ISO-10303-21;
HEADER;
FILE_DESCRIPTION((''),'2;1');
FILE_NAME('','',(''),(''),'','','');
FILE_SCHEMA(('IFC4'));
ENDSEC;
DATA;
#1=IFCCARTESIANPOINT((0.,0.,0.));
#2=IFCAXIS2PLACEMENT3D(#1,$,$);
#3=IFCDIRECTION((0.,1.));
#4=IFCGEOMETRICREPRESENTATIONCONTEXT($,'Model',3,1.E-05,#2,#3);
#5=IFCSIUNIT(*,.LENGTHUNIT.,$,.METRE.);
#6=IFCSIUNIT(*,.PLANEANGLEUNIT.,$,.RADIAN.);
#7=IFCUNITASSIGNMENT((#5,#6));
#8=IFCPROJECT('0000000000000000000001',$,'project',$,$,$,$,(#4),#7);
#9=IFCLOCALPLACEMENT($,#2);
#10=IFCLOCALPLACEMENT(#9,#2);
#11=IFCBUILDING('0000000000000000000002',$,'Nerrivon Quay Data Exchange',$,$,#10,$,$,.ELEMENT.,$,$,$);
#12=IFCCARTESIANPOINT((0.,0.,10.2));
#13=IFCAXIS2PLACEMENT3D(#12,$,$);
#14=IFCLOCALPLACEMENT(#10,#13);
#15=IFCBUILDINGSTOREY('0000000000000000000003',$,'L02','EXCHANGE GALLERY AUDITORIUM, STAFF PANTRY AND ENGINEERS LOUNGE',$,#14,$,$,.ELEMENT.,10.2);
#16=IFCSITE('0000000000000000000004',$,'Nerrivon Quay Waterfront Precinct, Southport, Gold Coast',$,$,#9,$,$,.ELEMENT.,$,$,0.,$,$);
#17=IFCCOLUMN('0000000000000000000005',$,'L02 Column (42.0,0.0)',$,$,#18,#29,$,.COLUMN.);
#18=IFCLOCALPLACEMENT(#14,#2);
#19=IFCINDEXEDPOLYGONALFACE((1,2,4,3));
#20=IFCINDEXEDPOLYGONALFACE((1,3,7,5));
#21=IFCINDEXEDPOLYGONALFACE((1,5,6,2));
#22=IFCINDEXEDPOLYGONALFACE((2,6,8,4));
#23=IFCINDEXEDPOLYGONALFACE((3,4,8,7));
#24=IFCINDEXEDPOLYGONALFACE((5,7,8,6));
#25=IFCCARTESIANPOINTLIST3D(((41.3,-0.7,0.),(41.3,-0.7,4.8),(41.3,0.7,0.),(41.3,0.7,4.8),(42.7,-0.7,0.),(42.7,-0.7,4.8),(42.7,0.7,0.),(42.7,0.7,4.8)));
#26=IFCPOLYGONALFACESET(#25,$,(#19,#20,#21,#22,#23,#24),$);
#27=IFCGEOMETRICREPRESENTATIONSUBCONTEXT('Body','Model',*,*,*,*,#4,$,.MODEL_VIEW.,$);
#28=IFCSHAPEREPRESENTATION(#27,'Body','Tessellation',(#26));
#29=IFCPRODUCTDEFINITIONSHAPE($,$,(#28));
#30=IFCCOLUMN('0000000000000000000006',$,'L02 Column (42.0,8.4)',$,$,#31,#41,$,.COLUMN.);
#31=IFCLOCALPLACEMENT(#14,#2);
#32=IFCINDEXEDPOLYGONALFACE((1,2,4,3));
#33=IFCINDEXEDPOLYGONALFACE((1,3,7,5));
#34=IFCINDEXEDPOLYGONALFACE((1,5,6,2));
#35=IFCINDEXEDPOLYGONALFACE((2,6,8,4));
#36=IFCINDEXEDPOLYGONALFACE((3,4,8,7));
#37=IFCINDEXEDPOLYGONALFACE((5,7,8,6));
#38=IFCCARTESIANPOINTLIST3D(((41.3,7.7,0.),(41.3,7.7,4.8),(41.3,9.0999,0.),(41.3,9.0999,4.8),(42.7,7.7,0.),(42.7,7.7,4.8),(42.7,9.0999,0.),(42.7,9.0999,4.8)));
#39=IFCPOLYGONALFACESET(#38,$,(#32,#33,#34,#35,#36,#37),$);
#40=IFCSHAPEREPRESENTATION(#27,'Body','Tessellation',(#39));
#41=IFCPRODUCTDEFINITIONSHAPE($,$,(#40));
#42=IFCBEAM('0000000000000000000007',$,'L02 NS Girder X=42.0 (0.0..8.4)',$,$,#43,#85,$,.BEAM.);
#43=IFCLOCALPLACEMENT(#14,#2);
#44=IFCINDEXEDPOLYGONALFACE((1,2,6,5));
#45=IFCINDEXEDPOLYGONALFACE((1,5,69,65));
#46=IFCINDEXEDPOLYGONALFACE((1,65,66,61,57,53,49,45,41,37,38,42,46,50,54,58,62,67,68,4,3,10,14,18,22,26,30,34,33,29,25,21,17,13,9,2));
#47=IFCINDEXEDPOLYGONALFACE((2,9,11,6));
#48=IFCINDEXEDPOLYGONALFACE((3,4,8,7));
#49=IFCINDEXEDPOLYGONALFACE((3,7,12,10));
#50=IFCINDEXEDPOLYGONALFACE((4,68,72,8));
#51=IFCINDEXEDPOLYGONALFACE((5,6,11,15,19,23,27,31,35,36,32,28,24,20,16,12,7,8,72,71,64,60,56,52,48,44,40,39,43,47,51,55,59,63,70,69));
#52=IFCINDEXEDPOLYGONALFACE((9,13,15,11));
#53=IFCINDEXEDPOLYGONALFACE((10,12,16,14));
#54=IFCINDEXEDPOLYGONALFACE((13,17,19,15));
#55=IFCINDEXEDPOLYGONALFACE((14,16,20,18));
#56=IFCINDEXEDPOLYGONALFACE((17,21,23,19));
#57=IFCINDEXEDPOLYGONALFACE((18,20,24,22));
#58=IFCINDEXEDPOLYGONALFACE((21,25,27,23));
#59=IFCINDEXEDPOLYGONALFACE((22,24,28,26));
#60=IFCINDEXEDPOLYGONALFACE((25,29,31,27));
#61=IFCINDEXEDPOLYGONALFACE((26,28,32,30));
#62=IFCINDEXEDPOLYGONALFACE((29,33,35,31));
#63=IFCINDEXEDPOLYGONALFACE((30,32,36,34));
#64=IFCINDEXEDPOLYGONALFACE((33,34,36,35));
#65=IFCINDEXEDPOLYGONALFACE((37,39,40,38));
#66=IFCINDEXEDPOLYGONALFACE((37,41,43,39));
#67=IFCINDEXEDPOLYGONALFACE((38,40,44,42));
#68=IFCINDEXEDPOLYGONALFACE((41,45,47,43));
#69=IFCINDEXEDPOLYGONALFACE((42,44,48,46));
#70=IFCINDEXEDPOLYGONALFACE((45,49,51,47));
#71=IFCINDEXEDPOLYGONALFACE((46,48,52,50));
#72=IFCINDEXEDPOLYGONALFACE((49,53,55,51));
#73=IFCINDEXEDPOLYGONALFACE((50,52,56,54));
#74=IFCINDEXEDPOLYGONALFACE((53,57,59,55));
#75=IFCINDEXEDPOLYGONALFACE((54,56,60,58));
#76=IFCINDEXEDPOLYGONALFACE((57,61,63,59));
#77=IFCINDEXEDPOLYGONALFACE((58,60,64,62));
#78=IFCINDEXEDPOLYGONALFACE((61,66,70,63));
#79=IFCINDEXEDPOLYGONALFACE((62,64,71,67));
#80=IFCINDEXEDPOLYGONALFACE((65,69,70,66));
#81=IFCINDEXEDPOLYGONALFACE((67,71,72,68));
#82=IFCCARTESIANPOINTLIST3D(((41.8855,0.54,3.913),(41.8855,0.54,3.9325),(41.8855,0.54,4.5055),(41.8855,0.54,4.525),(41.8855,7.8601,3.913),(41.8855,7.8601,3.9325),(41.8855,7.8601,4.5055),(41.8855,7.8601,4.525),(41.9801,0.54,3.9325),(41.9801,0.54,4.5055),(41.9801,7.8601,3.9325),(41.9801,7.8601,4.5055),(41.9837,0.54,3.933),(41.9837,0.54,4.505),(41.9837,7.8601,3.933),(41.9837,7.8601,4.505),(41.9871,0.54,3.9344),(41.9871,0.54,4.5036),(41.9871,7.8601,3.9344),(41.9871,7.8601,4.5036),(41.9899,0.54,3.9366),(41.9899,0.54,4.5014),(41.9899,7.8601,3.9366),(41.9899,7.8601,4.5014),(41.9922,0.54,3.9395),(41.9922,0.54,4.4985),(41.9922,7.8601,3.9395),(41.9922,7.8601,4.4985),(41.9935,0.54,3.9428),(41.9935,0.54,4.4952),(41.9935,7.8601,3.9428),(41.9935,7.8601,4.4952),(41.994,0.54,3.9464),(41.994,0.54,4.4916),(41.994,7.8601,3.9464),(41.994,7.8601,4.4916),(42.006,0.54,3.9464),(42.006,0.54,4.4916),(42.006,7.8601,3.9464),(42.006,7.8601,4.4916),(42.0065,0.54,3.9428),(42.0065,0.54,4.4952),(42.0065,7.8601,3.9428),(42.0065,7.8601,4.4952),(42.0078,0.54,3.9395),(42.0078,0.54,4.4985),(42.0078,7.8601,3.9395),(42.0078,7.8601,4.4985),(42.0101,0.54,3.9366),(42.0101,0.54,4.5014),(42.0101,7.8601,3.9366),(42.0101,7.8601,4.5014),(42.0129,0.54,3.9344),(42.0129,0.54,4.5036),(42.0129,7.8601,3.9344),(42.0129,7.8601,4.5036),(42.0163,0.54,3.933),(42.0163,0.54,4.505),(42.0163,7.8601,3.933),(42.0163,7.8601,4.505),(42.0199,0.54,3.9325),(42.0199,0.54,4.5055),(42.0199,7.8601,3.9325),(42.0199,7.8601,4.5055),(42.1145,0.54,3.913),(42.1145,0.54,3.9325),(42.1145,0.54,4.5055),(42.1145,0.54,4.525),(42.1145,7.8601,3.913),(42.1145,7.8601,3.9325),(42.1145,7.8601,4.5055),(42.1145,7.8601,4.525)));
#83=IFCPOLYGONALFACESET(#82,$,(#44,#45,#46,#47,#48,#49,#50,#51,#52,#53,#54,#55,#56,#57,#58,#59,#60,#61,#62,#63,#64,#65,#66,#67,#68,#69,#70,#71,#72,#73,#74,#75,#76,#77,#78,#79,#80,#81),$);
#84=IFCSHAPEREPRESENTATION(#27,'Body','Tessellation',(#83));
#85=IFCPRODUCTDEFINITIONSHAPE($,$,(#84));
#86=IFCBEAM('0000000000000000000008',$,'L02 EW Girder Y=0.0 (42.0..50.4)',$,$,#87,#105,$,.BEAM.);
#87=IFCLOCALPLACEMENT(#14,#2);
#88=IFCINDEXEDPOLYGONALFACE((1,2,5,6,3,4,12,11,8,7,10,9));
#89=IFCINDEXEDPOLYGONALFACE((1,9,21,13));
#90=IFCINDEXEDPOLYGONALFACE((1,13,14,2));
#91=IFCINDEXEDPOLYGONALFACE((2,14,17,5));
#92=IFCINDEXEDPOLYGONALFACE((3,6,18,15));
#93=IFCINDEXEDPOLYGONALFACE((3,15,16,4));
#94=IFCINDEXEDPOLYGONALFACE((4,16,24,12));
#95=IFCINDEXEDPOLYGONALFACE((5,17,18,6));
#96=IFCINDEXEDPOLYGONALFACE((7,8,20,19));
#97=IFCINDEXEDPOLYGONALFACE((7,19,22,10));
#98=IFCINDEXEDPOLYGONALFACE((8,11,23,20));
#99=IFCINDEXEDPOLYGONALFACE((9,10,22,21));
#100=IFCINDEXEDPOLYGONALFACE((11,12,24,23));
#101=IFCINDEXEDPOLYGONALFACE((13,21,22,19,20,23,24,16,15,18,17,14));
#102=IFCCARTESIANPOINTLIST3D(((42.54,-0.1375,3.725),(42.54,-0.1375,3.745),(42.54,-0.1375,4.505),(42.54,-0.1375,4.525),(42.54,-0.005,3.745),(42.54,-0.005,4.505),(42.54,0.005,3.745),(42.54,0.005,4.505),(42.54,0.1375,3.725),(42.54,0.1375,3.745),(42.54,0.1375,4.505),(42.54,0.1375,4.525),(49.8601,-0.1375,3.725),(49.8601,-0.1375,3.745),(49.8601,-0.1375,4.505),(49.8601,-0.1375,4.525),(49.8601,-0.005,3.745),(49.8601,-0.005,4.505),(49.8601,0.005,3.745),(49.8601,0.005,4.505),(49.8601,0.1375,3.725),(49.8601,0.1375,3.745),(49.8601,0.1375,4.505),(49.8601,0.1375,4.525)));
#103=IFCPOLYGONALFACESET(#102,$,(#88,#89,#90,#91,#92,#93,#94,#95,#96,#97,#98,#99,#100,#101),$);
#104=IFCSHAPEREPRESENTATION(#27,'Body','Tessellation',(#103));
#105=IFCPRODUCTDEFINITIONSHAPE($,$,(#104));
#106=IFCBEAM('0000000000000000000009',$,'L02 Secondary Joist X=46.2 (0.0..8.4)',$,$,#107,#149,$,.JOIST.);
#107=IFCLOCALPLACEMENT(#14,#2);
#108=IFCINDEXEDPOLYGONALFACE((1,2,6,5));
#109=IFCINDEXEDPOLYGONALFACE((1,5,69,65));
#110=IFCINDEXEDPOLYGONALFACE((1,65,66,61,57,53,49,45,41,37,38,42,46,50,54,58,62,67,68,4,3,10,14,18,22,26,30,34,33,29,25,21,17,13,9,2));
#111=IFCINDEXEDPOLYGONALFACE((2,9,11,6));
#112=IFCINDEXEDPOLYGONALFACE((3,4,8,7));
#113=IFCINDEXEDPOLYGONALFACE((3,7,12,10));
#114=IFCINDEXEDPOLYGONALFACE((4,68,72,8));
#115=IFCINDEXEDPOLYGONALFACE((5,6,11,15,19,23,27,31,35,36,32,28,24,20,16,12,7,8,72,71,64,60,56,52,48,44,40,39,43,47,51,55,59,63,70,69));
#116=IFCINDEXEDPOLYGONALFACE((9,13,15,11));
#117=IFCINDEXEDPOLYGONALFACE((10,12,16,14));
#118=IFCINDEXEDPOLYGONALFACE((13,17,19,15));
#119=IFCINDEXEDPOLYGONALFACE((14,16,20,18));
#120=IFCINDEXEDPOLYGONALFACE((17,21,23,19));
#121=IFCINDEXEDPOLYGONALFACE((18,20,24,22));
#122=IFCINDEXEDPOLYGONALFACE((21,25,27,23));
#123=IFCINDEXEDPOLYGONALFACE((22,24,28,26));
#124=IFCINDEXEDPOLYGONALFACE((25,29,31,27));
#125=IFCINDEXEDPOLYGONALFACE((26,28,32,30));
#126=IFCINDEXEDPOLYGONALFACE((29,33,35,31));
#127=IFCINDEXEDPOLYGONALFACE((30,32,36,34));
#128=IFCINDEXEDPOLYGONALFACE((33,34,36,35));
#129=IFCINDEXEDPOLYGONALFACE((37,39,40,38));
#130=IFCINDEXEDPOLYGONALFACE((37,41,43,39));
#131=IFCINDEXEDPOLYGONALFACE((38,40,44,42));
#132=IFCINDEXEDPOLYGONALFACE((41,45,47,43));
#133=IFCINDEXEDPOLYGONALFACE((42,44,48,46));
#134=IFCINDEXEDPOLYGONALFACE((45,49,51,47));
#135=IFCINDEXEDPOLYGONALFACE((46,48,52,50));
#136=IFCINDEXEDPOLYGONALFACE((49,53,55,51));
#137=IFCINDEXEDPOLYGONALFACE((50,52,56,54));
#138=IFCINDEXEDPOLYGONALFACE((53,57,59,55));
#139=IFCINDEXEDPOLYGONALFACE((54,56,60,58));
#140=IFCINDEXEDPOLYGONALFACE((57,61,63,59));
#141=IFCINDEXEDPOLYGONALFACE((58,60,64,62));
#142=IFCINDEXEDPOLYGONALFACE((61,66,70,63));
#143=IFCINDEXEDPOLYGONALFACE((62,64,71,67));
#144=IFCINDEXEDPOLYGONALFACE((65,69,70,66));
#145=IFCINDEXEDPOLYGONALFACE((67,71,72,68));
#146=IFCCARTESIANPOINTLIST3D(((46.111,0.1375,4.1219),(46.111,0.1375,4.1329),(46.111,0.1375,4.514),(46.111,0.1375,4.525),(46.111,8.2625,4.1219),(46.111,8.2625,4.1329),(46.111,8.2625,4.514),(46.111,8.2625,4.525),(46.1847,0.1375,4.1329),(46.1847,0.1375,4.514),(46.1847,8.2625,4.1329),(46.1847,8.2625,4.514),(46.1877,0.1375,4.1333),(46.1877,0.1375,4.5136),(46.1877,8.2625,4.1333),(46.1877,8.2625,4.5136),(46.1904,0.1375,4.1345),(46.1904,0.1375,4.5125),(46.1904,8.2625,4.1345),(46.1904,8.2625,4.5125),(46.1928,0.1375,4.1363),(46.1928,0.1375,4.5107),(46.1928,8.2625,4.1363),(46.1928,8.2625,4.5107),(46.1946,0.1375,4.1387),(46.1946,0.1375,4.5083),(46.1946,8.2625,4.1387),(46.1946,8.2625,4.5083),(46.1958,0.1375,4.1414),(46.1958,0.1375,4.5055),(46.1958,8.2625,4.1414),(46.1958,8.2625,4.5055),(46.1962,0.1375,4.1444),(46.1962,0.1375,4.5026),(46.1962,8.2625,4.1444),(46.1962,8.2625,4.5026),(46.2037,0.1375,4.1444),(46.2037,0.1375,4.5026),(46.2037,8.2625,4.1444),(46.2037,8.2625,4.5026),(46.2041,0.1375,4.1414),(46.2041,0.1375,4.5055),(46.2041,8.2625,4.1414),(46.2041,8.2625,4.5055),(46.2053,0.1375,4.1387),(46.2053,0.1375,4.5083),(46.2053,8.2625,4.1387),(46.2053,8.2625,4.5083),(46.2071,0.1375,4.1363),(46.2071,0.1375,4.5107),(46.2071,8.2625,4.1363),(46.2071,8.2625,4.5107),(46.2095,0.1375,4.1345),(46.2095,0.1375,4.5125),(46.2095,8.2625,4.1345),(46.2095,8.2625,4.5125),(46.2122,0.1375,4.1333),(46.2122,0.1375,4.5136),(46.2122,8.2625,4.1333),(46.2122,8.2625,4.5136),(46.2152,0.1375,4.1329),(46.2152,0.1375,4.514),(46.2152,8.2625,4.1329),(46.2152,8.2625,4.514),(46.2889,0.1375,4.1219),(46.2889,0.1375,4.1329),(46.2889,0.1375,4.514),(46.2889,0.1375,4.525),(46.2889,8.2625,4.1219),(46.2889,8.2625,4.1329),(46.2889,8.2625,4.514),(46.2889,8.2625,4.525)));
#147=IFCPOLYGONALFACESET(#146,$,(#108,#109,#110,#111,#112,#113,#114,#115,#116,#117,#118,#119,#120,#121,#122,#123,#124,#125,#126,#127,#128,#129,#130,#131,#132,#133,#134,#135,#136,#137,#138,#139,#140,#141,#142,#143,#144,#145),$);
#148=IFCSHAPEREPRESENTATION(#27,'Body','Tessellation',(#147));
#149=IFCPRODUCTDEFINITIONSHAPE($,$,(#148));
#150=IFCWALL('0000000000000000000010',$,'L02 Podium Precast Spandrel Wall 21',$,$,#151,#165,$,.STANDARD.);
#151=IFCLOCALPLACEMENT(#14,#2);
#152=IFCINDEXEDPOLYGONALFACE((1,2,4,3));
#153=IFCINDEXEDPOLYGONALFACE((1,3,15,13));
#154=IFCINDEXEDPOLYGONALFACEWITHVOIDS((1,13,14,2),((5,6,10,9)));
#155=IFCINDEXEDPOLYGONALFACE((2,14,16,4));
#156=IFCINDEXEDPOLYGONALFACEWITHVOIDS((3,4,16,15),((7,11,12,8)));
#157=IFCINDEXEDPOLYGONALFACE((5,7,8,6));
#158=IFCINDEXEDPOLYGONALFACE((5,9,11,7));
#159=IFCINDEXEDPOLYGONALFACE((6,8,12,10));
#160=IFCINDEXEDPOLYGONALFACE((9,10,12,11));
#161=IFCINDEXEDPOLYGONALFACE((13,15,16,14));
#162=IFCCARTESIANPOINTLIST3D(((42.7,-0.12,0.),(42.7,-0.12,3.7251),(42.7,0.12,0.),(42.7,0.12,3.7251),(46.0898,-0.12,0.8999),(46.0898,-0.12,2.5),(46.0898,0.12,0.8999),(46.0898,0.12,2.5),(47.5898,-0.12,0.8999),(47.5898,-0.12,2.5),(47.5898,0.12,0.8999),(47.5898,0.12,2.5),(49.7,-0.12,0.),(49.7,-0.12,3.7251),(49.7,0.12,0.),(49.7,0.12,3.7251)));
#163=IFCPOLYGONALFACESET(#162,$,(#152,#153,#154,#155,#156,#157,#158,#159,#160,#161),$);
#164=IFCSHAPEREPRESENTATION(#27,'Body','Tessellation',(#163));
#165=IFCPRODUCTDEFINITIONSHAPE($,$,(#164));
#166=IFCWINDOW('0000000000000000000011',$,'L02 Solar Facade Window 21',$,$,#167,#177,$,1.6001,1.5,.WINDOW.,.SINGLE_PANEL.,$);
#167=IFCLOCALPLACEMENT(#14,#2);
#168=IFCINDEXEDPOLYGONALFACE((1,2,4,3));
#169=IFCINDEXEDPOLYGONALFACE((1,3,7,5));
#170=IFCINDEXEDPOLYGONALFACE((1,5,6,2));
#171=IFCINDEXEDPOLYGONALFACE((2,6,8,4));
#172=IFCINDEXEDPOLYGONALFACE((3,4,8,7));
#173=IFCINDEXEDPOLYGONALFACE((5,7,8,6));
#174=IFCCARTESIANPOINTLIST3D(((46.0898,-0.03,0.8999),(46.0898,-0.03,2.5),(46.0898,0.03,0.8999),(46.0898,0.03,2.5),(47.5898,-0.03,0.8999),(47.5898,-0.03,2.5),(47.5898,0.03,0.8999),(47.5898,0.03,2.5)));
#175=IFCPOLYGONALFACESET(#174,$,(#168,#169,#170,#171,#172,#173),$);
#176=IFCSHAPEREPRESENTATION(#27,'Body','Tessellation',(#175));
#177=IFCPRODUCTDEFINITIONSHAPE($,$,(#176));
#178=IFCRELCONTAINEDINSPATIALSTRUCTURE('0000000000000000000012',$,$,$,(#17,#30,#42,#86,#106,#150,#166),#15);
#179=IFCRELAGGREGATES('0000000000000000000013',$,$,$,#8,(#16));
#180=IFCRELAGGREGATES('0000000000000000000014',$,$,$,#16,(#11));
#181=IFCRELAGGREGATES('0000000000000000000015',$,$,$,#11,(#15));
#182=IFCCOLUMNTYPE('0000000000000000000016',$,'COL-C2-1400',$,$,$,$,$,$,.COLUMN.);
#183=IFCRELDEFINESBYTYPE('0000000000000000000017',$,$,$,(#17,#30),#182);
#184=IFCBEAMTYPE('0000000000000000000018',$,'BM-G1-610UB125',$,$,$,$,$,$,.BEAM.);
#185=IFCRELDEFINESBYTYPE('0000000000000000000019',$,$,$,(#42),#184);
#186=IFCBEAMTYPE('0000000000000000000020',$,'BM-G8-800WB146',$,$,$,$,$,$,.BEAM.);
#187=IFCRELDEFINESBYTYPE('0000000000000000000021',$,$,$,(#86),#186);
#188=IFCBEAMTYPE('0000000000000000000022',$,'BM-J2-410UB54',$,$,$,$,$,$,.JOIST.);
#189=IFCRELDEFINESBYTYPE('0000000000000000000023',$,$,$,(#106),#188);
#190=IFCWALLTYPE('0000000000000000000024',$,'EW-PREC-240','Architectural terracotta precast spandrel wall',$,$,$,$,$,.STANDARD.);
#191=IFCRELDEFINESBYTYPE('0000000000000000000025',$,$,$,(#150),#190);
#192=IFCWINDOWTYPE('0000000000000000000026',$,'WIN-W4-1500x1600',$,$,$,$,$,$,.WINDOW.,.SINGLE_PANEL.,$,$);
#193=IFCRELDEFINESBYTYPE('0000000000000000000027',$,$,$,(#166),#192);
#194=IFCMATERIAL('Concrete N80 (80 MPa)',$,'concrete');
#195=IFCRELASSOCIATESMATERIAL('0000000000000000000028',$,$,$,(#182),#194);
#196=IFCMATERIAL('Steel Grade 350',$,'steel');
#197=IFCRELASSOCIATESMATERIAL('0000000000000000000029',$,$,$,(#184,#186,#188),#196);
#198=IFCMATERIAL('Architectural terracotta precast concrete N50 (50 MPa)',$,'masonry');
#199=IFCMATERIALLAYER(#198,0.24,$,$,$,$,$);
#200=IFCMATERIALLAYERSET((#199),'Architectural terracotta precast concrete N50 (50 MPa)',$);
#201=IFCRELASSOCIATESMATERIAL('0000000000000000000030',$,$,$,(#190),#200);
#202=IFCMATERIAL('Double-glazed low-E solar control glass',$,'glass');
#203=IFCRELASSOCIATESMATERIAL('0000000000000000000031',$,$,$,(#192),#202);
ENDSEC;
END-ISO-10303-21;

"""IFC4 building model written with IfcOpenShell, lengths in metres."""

from ifc_helpers import new_model, si_unit, direction, frame, frame_2d, origin, origin_2d, place, context, subcontext, project, spatial, rectangle, i_section, extrude, material, layer, layer_set, material_profile, profile_set, type_object, element, fill, save


model = new_model("IFC4")

# Units and contexts
model_context = context("Model", 3, precision=1e-05, world=origin(), true_north=direction((0.0, 1.0)))
body_context = subcontext(model_context, "Body", "Model", "MODEL_VIEW")
ifc_project = project(units=[si_unit("LENGTHUNIT", "METRE"), si_unit("PLANEANGLEUNIT", "RADIAN")], contexts=[model_context])

# Site, building, storey
site_placement = place(None, origin())
site = spatial("IfcSite", under=ifc_project, at=site_placement, Name="Nerrivon Quay Waterfront Precinct, Southport, Gold Coast", CompositionType="ELEMENT", RefElevation=0.0)
building_placement = place(site_placement, origin())
building = spatial("IfcBuilding", under=site, at=building_placement, Name="Nerrivon Quay Data Exchange", CompositionType="ELEMENT")
storey_placement = place(building_placement, frame((0.0, 0.0, 10.2)))
storey = spatial("IfcBuildingStorey", under=building, at=storey_placement, Name="L02", Description="EXCHANGE GALLERY AUDITORIUM, STAFF PANTRY AND ENGINEERS LOUNGE", CompositionType="ELEMENT", Elevation=10.2)

# Columns
ifc_material_1 = material(Name="Concrete N80 (80 MPa)", Category="concrete")
ifc_material_profile_1 = material_profile(ifc_material_1, rectangle(XDim=1.3999, YDim=1.3999, at=origin_2d()), Name="RC-COL-1400x1400")
ifc_profile_set_1 = profile_set([ifc_material_profile_1], Name="Concrete N80 (80 MPa)")
column_type = type_object("IfcColumnType", Name="COL-C2-1400", PredefinedType="COLUMN", material=ifc_profile_set_1)
for number, where, z_axis, x_axis, name in (
    (1, (42.0, 0.0, 0.0), (0.0, 0.0, 1.0), (1.0, 0.0, 0.0), "L02 Column (42.0,0.0)"),
    (2, (42.0, 8.3999, 0.0), (0.0, 0.0, 1.0), (1.0, 0.0, 0.0), "L02 Column (42.0,8.4)"),
):
    element("IfcColumn", number, at=place(storey_placement, frame(where, z_axis=z_axis, x_axis=x_axis)), inside=storey, type_object=column_type, Name=name, PredefinedType="COLUMN", context=body_context, shape_type="SweptSolid", body=[
        extrude(rectangle(XDim=1.3999, YDim=1.3999, at=origin_2d()), origin(), (0.0, 0.0, 1.0), 4.8),
    ])

# Beams
ifc_material_2 = material(Name="Steel Grade 350", Category="steel")
ifc_material_profile_2 = material_profile(ifc_material_2, i_section(OverallWidth=0.229, OverallDepth=0.6121, WebThickness=0.012, FlangeThickness=0.0195, FilletRadius=0.0139, at=origin_2d()), Name="610UB125")
ifc_profile_set_2 = profile_set([ifc_material_profile_2], Name="Steel Grade 350")
beam_type_1 = type_object("IfcBeamType", Name="BM-G1-610UB125", PredefinedType="BEAM", material=ifc_profile_set_2)
beam_1_placement = place(storey_placement, frame((42.0, 0.54, 4.219), z_axis=(0.0, 1.0, 0.0), x_axis=(-1.0, 0.0, 0.0)))
element("IfcBeam", 3, at=beam_1_placement, inside=storey, type_object=beam_type_1, Name="L02 NS Girder X=42.0 (0.0..8.4)", PredefinedType="BEAM", context=body_context, shape_type="SweptSolid", body=[
    extrude(i_section(OverallWidth=0.229, OverallDepth=0.6121, WebThickness=0.012, FlangeThickness=0.0195, FilletRadius=0.0139, at=origin_2d()), origin(), (0.0, 0.0, 1.0), 7.3201),
])
ifc_material_profile_3 = material_profile(ifc_material_2, i_section(OverallWidth=0.2749, OverallDepth=0.8, WebThickness=0.01, FlangeThickness=0.02, at=origin_2d()), Name="800WB146")
ifc_profile_set_3 = profile_set([ifc_material_profile_3], Name="Steel Grade 350")
beam_type_2 = type_object("IfcBeamType", Name="BM-G8-800WB146", PredefinedType="BEAM", material=ifc_profile_set_3)
beam_2_placement = place(storey_placement, frame((42.54, 0.0, 4.125), z_axis=(1.0, 0.0, 0.0), x_axis=(0.0, 1.0, 0.0)))
element("IfcBeam", 4, at=beam_2_placement, inside=storey, type_object=beam_type_2, Name="L02 EW Girder Y=0.0 (42.0..50.4)", PredefinedType="BEAM", context=body_context, shape_type="SweptSolid", body=[
    extrude(i_section(OverallWidth=0.2749, OverallDepth=0.8, WebThickness=0.01, FlangeThickness=0.02, at=origin_2d()), origin(), (0.0, 0.0, 1.0), 7.3201),
])
ifc_material_profile_4 = material_profile(ifc_material_2, i_section(OverallWidth=0.178, OverallDepth=0.4031, WebThickness=0.0076, FlangeThickness=0.011, FilletRadius=0.0115, at=origin_2d()), Name="410UB53.7")
ifc_profile_set_4 = profile_set([ifc_material_profile_4], Name="Steel Grade 350")
beam_type_3 = type_object("IfcBeamType", Name="BM-J2-410UB54", PredefinedType="JOIST", material=ifc_profile_set_4)
beam_3_placement = place(storey_placement, frame((46.2, 0.1375, 4.3235), z_axis=(0.0, 1.0, 0.0), x_axis=(-1.0, 0.0, 0.0)))
element("IfcBeam", 5, at=beam_3_placement, inside=storey, type_object=beam_type_3, Name="L02 Secondary Joist X=46.2 (0.0..8.4)", PredefinedType="JOIST", context=body_context, shape_type="SweptSolid", body=[
    extrude(i_section(OverallWidth=0.178, OverallDepth=0.4031, WebThickness=0.0076, FlangeThickness=0.011, FilletRadius=0.0115, at=origin_2d()), origin(), (0.0, 0.0, 1.0), 8.125),
])

# Wall, opening, window
ifc_material_3 = material(Name="Architectural terracotta precast concrete N50 (50 MPa)", Category="masonry")
ifc_layer_1 = layer(ifc_material_3, 0.24)
ifc_layer_set_1 = layer_set([ifc_layer_1], Name="Architectural terracotta precast concrete N50 (50 MPa)")
wall_type_1 = type_object("IfcWallType", Name="EW-PREC-240", Description="Architectural terracotta precast spandrel wall", PredefinedType="STANDARD", material=ifc_layer_set_1)
wall_1_placement = place(storey_placement, frame((49.7, 0.0, 0.0), z_axis=(0.0, 0.0, 1.0), x_axis=(-1.0, 0.0, 0.0)))
wall_1 = element("IfcWall", 6, at=wall_1_placement, inside=storey, type_object=wall_type_1, Name="L02 Podium Precast Spandrel Wall 21", PredefinedType="STANDARD", context=body_context, shape_type="SweptSolid", body=[
    extrude(rectangle(XDim=7.0, YDim=0.24, at=frame_2d((3.5, 0.0))), origin(), (0.0, 0.0, 1.0), 3.7251),
])
opening_1_placement = place(wall_1_placement, frame((2.1101, 0.0, 0.8999)))
opening_1 = element("IfcOpeningElement", 7, at=opening_1_placement, cuts=wall_1, PredefinedType="OPENING", context=body_context, shape_type="SweptSolid", body=[
    extrude(rectangle(XDim=1.5, YDim=1.6001, at=frame_2d((0.75, 0.8))), frame((0.0, 0.1299, 0.0), z_axis=(0.0, -1.0, 0.0), x_axis=(1.0, 0.0, 0.0)), (0.0, 0.0, 1.0), 0.26),
])
ifc_material_4 = material(Name="Double-glazed low-E solar control glass", Category="glass")
window_type = type_object("IfcWindowType", Name="WIN-W4-1500x1600", PartitioningType="SINGLE_PANEL", PredefinedType="WINDOW", material=ifc_material_4)
window_placement = place(opening_1_placement, origin())
window = element("IfcWindow", 8, at=window_placement, inside=storey, type_object=window_type, Name="L02 Solar Facade Window 21", OverallHeight=1.6001, OverallWidth=1.5, PartitioningType="SINGLE_PANEL", PredefinedType="WINDOW", context=body_context, shape_type="SweptSolid", body=[
    extrude(rectangle(XDim=1.5, YDim=1.6001, at=frame_2d((0.75, 0.8))), frame((0.0, 0.03, 0.0), z_axis=(0.0, -1.0, 0.0), x_axis=(1.0, 0.0, 0.0)), (0.0, 0.0, 1.0), 0.0601),
])
fill(opening_1, window)

save(model, "model.ifc")
